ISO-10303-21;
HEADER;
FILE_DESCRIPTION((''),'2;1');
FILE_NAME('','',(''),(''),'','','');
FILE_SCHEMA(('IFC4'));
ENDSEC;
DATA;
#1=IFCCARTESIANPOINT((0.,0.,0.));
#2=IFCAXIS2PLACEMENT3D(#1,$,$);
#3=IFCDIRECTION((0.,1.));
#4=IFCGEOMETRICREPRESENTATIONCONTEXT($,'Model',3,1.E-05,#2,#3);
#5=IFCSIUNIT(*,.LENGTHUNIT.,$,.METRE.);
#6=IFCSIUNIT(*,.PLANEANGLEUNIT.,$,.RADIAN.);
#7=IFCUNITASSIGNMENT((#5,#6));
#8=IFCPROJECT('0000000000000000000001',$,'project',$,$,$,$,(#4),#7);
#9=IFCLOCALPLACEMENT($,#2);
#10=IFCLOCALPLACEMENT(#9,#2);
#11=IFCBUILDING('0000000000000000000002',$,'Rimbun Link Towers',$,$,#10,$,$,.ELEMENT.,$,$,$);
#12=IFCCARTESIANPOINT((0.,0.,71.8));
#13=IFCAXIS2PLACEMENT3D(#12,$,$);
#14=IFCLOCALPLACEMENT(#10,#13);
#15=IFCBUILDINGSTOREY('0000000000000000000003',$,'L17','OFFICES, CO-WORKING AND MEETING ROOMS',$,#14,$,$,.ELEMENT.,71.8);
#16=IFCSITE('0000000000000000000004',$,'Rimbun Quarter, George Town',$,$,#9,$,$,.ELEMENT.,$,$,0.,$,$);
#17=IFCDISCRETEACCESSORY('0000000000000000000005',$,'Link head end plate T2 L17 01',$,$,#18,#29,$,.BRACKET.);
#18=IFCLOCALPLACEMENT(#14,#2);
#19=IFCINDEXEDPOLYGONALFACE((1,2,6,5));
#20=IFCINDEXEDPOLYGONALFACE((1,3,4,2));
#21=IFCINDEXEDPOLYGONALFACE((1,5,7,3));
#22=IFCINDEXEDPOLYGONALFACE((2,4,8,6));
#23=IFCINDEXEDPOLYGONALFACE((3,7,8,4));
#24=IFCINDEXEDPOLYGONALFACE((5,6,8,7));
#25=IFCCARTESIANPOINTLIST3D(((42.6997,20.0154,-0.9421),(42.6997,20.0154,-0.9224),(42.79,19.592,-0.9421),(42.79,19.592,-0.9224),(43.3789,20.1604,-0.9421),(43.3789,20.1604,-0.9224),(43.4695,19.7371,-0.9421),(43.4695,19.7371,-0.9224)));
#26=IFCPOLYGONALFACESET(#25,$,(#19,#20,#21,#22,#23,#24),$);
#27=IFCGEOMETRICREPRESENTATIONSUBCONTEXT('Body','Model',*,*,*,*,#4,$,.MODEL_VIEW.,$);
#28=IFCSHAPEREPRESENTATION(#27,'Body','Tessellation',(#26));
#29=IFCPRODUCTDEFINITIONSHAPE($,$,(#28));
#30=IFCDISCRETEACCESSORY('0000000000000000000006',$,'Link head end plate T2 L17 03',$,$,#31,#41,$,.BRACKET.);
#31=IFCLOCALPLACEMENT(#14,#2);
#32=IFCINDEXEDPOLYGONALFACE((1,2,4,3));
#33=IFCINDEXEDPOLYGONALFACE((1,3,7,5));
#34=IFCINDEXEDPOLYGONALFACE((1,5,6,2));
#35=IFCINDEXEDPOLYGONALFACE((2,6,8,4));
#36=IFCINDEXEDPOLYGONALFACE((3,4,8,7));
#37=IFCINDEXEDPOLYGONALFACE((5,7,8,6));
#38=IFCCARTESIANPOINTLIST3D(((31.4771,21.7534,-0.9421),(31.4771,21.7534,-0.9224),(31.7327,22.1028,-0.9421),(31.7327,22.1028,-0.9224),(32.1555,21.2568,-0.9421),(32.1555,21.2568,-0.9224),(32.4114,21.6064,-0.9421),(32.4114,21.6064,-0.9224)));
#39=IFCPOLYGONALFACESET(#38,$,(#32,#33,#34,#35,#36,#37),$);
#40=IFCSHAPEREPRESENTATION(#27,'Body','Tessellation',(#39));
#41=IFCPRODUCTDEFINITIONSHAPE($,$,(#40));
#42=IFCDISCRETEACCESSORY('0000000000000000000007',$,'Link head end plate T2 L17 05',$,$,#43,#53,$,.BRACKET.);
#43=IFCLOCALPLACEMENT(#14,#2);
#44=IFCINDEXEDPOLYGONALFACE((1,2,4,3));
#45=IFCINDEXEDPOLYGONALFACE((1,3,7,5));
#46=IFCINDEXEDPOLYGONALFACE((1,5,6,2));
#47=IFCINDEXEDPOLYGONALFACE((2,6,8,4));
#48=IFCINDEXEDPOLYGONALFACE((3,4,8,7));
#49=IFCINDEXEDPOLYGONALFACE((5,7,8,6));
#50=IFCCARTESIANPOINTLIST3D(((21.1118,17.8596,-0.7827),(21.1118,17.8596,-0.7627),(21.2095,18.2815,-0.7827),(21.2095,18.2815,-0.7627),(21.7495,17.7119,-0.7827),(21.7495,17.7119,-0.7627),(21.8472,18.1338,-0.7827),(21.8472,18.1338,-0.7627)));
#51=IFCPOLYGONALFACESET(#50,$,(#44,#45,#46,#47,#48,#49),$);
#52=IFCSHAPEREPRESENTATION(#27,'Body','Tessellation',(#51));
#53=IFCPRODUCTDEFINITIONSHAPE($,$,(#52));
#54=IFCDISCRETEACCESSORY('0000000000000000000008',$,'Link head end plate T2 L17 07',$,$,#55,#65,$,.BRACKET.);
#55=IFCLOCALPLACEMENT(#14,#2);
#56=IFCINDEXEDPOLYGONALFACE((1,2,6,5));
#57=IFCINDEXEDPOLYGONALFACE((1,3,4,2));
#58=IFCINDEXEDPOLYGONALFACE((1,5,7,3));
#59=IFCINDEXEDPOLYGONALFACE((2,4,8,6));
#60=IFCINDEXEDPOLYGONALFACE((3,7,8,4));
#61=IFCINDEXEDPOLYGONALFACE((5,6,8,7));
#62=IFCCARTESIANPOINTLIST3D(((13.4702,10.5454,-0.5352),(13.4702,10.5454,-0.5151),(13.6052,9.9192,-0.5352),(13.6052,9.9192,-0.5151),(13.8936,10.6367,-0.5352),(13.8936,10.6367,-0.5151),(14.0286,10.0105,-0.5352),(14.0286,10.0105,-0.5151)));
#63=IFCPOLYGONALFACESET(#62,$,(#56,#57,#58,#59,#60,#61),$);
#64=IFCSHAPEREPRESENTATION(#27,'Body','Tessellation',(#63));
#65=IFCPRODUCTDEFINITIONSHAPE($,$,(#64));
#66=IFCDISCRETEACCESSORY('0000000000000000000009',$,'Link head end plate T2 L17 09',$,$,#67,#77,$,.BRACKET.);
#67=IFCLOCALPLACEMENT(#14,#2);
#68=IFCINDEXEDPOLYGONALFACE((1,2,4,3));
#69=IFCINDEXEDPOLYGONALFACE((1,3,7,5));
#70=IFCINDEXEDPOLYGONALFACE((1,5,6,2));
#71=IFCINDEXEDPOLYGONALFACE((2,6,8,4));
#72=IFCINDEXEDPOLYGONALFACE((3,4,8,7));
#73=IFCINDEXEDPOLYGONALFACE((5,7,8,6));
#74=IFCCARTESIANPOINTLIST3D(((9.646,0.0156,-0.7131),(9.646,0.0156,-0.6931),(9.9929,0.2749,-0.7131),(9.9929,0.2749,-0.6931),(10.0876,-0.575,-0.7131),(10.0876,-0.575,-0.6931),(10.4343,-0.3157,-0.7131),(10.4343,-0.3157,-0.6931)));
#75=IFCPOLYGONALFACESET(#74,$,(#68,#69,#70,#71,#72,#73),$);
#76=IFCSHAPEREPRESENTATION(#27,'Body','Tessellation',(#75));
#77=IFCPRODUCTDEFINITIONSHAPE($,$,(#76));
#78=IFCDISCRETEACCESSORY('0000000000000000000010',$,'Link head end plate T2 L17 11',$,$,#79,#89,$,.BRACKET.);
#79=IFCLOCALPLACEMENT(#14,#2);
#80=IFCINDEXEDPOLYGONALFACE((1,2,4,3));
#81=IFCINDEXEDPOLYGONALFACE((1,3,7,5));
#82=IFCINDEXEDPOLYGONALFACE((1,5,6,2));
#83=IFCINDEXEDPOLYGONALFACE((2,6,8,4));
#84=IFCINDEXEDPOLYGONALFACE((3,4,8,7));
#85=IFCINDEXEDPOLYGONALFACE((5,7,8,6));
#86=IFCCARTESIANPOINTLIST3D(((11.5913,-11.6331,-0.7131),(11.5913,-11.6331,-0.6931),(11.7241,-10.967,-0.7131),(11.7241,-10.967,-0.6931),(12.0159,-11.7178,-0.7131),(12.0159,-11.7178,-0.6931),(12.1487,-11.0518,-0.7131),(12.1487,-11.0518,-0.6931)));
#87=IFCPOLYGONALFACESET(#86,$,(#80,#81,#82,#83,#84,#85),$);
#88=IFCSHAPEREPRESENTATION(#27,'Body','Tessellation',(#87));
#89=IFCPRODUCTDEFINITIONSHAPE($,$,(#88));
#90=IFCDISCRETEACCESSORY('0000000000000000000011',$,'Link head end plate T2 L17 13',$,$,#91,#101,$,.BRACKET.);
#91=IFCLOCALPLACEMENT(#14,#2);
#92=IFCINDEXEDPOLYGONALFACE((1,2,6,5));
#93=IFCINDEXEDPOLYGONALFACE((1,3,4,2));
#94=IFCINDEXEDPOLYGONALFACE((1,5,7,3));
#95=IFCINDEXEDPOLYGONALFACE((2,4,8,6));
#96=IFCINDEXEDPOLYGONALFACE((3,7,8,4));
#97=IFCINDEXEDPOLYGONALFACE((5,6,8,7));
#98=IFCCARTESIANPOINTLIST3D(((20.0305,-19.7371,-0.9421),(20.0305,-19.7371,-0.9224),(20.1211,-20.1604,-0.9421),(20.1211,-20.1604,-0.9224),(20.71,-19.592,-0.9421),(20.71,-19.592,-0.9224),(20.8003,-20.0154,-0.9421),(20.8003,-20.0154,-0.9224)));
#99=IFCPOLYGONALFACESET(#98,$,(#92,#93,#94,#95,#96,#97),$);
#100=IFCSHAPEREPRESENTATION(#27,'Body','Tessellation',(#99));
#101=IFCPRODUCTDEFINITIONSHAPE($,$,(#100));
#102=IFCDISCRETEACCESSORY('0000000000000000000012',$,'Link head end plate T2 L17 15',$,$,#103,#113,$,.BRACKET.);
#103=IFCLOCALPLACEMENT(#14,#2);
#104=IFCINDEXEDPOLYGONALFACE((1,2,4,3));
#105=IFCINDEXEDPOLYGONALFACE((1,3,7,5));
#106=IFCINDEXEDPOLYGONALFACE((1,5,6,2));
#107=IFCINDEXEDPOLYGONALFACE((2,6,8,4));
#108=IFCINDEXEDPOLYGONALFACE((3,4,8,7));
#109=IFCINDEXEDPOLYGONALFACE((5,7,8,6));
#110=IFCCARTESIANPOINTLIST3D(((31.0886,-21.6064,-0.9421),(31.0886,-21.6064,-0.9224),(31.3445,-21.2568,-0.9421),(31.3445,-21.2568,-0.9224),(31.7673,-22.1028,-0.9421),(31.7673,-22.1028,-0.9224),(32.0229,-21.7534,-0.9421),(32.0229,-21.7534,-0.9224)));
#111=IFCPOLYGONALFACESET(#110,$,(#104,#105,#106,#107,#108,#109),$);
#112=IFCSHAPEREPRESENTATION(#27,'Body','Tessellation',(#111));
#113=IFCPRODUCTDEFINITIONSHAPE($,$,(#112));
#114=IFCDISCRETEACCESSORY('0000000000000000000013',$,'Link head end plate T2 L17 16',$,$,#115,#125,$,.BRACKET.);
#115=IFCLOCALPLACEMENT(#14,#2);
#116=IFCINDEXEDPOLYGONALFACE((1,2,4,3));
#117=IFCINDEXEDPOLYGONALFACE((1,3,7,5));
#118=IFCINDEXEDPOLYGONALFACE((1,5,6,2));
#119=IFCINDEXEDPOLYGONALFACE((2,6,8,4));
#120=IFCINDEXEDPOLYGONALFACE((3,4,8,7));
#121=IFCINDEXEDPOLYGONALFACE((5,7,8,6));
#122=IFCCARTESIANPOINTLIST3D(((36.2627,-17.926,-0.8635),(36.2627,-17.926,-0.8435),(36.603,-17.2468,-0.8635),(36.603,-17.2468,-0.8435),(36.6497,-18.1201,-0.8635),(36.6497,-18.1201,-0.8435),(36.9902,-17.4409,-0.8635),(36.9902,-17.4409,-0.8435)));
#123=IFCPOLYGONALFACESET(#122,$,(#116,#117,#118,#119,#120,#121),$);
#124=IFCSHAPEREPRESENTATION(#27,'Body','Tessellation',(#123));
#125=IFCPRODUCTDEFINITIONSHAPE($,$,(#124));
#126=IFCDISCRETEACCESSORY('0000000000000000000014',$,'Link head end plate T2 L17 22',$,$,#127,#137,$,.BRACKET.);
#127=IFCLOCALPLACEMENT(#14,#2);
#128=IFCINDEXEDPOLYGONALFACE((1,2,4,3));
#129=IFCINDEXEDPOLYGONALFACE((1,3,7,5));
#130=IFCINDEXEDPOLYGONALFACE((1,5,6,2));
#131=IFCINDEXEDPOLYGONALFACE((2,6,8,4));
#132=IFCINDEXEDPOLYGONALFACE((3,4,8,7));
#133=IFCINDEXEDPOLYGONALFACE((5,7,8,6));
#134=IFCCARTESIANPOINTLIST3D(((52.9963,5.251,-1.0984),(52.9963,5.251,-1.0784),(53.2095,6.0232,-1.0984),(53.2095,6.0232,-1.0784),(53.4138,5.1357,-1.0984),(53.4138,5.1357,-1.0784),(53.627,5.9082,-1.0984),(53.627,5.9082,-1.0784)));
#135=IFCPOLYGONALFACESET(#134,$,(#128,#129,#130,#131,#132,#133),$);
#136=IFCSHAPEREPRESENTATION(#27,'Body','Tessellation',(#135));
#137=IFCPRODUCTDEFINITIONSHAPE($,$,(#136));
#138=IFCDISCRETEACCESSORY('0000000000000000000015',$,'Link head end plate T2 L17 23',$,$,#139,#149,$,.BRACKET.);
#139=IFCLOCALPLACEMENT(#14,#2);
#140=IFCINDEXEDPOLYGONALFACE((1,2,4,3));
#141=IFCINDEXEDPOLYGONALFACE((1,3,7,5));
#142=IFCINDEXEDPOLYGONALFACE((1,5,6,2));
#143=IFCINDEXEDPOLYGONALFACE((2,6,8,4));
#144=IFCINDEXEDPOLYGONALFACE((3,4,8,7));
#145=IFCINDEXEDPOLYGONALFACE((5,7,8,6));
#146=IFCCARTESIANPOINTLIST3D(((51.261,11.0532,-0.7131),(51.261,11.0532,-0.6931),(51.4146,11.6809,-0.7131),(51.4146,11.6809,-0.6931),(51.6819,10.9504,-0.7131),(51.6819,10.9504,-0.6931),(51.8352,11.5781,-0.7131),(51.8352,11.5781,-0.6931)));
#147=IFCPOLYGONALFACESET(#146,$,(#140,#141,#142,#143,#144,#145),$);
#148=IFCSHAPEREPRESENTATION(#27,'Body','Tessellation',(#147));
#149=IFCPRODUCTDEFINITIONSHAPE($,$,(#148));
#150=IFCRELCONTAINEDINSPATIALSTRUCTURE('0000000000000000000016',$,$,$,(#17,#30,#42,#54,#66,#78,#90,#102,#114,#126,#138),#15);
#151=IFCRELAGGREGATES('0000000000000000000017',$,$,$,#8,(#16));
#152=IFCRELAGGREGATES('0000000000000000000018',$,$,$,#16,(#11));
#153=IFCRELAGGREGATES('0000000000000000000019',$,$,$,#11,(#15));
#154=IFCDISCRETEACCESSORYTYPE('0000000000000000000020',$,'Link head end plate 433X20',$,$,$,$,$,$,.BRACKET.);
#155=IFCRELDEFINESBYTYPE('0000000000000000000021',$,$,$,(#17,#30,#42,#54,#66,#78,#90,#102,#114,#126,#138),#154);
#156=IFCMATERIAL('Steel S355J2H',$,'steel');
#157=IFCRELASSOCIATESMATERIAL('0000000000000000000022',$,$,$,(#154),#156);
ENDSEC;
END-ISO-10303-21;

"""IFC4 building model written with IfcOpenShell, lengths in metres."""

from ifc_helpers import new_model, si_unit, direction, frame, origin, origin_2d, place, context, subcontext, project, spatial, polyline, rectangle, outline, extrude, material, material_profile, profile_set, type_object, element, save


model = new_model("IFC4")

# Units and contexts
model_context = context("Model", 3, precision=1e-05, world=origin(), true_north=direction((0.0, 1.0)))
body_context = subcontext(model_context, "Body", "Model", "MODEL_VIEW")
ifc_project = project(units=[si_unit("LENGTHUNIT", "METRE"), si_unit("PLANEANGLEUNIT", "RADIAN")], contexts=[model_context])

# Site, building, storey
site_placement = place(None, origin())
site = spatial("IfcSite", under=ifc_project, at=site_placement, Name="Rimbun Quarter, George Town", CompositionType="ELEMENT", RefElevation=0.0)
building_placement = place(site_placement, origin())
building = spatial("IfcBuilding", under=site, at=building_placement, Name="Rimbun Link Towers", CompositionType="ELEMENT")
storey_placement = place(building_placement, frame((0.0, 0.0, 71.8)))
storey = spatial("IfcBuildingStorey", under=building, at=storey_placement, Name="L17", Description="OFFICES, CO-WORKING AND MEETING ROOMS", CompositionType="ELEMENT", Elevation=71.8)

# Discrete accessories
ifc_material_1 = material(Name="Steel S355J2H", Category="steel")
ifc_material_profile_1 = material_profile(ifc_material_1, rectangle(XDim=0.4331, YDim=0.4331, at=origin_2d()), Name="PL 433x433")
ifc_profile_set_1 = profile_set([ifc_material_profile_1], Name="Steel S355J2H")
discrete_accessory_type_1 = type_object("IfcDiscreteAccessoryType", Name="Link head end plate 433X20", PredefinedType="BRACKET", material=ifc_profile_set_1)
discrete_accessory_1_placement = place(storey_placement, frame((0.0, 0.0, -0.9421)))
element("IfcDiscreteAccessory", 1, at=discrete_accessory_1_placement, inside=storey, type_object=discrete_accessory_type_1, Name="Link head end plate T2 L17 01", PredefinedType="BRACKET", context=body_context, shape_type="SweptSolid", body=[
    extrude(outline(polyline([(42.79, 19.592), (43.4695, 19.7371), (43.3789, 20.1604), (42.6997, 20.0154), (42.79, 19.592)])), origin(), (0.0, 0.0, 1.0), 0.0198),
])
discrete_accessory_2_placement = place(storey_placement, frame((0.0, 0.0, -0.9421)))
element("IfcDiscreteAccessory", 2, at=discrete_accessory_2_placement, inside=storey, type_object=discrete_accessory_type_1, Name="Link head end plate T2 L17 03", PredefinedType="BRACKET", context=body_context, shape_type="SweptSolid", body=[
    extrude(outline(polyline([(32.4114, 21.6064), (31.7327, 22.1028), (31.4771, 21.7534), (32.1555, 21.2568), (32.4114, 21.6064)])), origin(), (0.0, 0.0, 1.0), 0.0198),
])
discrete_accessory_3_placement = place(storey_placement, frame((0.0, 0.0, -0.7827)))
element("IfcDiscreteAccessory", 3, at=discrete_accessory_3_placement, inside=storey, type_object=discrete_accessory_type_1, Name="Link head end plate T2 L17 05", PredefinedType="BRACKET", context=body_context, shape_type="SweptSolid", body=[
    extrude(outline(polyline([(21.8472, 18.1338), (21.2095, 18.2815), (21.1118, 17.8596), (21.7495, 17.7119), (21.8472, 18.1338)])), origin(), (0.0, 0.0, 1.0), 0.02),
])
discrete_accessory_4_placement = place(storey_placement, frame((0.0, 0.0, -0.5352)))
element("IfcDiscreteAccessory", 4, at=discrete_accessory_4_placement, inside=storey, type_object=discrete_accessory_type_1, Name="Link head end plate T2 L17 07", PredefinedType="BRACKET", context=body_context, shape_type="SweptSolid", body=[
    extrude(outline(polyline([(14.0286, 10.0105), (13.8936, 10.6367), (13.4702, 10.5454), (13.6052, 9.9192), (14.0286, 10.0105)])), origin(), (0.0, 0.0, 1.0), 0.02),
])
discrete_accessory_5_placement = place(storey_placement, frame((0.0, 0.0, -0.7131)))
element("IfcDiscreteAccessory", 5, at=discrete_accessory_5_placement, inside=storey, type_object=discrete_accessory_type_1, Name="Link head end plate T2 L17 09", PredefinedType="BRACKET", context=body_context, shape_type="SweptSolid", body=[
    extrude(outline(polyline([(10.4343, -0.3157), (9.9929, 0.2749), (9.646, 0.0156), (10.0876, -0.575), (10.4343, -0.3157)])), origin(), (0.0, 0.0, 1.0), 0.02),
])
discrete_accessory_6_placement = place(storey_placement, frame((0.0, 0.0, -0.7131)))
element("IfcDiscreteAccessory", 6, at=discrete_accessory_6_placement, inside=storey, type_object=discrete_accessory_type_1, Name="Link head end plate T2 L17 11", PredefinedType="BRACKET", context=body_context, shape_type="SweptSolid", body=[
    extrude(outline(polyline([(11.7241, -10.967), (11.5913, -11.6331), (12.0159, -11.7178), (12.1487, -11.0518), (11.7241, -10.967)])), origin(), (0.0, 0.0, 1.0), 0.02),
])
discrete_accessory_7_placement = place(storey_placement, frame((0.0, 0.0, -0.9421)))
element("IfcDiscreteAccessory", 7, at=discrete_accessory_7_placement, inside=storey, type_object=discrete_accessory_type_1, Name="Link head end plate T2 L17 13", PredefinedType="BRACKET", context=body_context, shape_type="SweptSolid", body=[
    extrude(outline(polyline([(20.71, -19.592), (20.0305, -19.7371), (20.1211, -20.1604), (20.8003, -20.0154), (20.71, -19.592)])), origin(), (0.0, 0.0, 1.0), 0.0198),
])
discrete_accessory_8_placement = place(storey_placement, frame((0.0, 0.0, -0.9421)))
element("IfcDiscreteAccessory", 8, at=discrete_accessory_8_placement, inside=storey, type_object=discrete_accessory_type_1, Name="Link head end plate T2 L17 15", PredefinedType="BRACKET", context=body_context, shape_type="SweptSolid", body=[
    extrude(outline(polyline([(31.0886, -21.6064), (31.7673, -22.1028), (32.0229, -21.7534), (31.3445, -21.2568), (31.0886, -21.6064)])), origin(), (0.0, 0.0, 1.0), 0.0198),
])
discrete_accessory_9_placement = place(storey_placement, frame((0.0, 0.0, -0.8635)))
element("IfcDiscreteAccessory", 9, at=discrete_accessory_9_placement, inside=storey, type_object=discrete_accessory_type_1, Name="Link head end plate T2 L17 16", PredefinedType="BRACKET", context=body_context, shape_type="SweptSolid", body=[
    extrude(outline(polyline([(36.603, -17.2468), (36.2627, -17.926), (36.6497, -18.1201), (36.9902, -17.4409), (36.603, -17.2468)])), origin(), (0.0, 0.0, 1.0), 0.02),
])
discrete_accessory_10_placement = place(storey_placement, frame((0.0, 0.0, -1.0984)))
element("IfcDiscreteAccessory", 10, at=discrete_accessory_10_placement, inside=storey, type_object=discrete_accessory_type_1, Name="Link head end plate T2 L17 22", PredefinedType="BRACKET", context=body_context, shape_type="SweptSolid", body=[
    extrude(outline(polyline([(53.4138, 5.1357), (53.627, 5.9082), (53.2095, 6.0232), (52.9963, 5.251), (53.4138, 5.1357)])), origin(), (0.0, 0.0, 1.0), 0.02),
])
discrete_accessory_11_placement = place(storey_placement, frame((0.0, 0.0, -0.7131)))
element("IfcDiscreteAccessory", 11, at=discrete_accessory_11_placement, inside=storey, type_object=discrete_accessory_type_1, Name="Link head end plate T2 L17 23", PredefinedType="BRACKET", context=body_context, shape_type="SweptSolid", body=[
    extrude(outline(polyline([(51.6819, 10.9504), (51.8352, 11.5781), (51.4146, 11.6809), (51.261, 11.0532), (51.6819, 10.9504)])), origin(), (0.0, 0.0, 1.0), 0.02),
])

save(model, "model.ifc")
